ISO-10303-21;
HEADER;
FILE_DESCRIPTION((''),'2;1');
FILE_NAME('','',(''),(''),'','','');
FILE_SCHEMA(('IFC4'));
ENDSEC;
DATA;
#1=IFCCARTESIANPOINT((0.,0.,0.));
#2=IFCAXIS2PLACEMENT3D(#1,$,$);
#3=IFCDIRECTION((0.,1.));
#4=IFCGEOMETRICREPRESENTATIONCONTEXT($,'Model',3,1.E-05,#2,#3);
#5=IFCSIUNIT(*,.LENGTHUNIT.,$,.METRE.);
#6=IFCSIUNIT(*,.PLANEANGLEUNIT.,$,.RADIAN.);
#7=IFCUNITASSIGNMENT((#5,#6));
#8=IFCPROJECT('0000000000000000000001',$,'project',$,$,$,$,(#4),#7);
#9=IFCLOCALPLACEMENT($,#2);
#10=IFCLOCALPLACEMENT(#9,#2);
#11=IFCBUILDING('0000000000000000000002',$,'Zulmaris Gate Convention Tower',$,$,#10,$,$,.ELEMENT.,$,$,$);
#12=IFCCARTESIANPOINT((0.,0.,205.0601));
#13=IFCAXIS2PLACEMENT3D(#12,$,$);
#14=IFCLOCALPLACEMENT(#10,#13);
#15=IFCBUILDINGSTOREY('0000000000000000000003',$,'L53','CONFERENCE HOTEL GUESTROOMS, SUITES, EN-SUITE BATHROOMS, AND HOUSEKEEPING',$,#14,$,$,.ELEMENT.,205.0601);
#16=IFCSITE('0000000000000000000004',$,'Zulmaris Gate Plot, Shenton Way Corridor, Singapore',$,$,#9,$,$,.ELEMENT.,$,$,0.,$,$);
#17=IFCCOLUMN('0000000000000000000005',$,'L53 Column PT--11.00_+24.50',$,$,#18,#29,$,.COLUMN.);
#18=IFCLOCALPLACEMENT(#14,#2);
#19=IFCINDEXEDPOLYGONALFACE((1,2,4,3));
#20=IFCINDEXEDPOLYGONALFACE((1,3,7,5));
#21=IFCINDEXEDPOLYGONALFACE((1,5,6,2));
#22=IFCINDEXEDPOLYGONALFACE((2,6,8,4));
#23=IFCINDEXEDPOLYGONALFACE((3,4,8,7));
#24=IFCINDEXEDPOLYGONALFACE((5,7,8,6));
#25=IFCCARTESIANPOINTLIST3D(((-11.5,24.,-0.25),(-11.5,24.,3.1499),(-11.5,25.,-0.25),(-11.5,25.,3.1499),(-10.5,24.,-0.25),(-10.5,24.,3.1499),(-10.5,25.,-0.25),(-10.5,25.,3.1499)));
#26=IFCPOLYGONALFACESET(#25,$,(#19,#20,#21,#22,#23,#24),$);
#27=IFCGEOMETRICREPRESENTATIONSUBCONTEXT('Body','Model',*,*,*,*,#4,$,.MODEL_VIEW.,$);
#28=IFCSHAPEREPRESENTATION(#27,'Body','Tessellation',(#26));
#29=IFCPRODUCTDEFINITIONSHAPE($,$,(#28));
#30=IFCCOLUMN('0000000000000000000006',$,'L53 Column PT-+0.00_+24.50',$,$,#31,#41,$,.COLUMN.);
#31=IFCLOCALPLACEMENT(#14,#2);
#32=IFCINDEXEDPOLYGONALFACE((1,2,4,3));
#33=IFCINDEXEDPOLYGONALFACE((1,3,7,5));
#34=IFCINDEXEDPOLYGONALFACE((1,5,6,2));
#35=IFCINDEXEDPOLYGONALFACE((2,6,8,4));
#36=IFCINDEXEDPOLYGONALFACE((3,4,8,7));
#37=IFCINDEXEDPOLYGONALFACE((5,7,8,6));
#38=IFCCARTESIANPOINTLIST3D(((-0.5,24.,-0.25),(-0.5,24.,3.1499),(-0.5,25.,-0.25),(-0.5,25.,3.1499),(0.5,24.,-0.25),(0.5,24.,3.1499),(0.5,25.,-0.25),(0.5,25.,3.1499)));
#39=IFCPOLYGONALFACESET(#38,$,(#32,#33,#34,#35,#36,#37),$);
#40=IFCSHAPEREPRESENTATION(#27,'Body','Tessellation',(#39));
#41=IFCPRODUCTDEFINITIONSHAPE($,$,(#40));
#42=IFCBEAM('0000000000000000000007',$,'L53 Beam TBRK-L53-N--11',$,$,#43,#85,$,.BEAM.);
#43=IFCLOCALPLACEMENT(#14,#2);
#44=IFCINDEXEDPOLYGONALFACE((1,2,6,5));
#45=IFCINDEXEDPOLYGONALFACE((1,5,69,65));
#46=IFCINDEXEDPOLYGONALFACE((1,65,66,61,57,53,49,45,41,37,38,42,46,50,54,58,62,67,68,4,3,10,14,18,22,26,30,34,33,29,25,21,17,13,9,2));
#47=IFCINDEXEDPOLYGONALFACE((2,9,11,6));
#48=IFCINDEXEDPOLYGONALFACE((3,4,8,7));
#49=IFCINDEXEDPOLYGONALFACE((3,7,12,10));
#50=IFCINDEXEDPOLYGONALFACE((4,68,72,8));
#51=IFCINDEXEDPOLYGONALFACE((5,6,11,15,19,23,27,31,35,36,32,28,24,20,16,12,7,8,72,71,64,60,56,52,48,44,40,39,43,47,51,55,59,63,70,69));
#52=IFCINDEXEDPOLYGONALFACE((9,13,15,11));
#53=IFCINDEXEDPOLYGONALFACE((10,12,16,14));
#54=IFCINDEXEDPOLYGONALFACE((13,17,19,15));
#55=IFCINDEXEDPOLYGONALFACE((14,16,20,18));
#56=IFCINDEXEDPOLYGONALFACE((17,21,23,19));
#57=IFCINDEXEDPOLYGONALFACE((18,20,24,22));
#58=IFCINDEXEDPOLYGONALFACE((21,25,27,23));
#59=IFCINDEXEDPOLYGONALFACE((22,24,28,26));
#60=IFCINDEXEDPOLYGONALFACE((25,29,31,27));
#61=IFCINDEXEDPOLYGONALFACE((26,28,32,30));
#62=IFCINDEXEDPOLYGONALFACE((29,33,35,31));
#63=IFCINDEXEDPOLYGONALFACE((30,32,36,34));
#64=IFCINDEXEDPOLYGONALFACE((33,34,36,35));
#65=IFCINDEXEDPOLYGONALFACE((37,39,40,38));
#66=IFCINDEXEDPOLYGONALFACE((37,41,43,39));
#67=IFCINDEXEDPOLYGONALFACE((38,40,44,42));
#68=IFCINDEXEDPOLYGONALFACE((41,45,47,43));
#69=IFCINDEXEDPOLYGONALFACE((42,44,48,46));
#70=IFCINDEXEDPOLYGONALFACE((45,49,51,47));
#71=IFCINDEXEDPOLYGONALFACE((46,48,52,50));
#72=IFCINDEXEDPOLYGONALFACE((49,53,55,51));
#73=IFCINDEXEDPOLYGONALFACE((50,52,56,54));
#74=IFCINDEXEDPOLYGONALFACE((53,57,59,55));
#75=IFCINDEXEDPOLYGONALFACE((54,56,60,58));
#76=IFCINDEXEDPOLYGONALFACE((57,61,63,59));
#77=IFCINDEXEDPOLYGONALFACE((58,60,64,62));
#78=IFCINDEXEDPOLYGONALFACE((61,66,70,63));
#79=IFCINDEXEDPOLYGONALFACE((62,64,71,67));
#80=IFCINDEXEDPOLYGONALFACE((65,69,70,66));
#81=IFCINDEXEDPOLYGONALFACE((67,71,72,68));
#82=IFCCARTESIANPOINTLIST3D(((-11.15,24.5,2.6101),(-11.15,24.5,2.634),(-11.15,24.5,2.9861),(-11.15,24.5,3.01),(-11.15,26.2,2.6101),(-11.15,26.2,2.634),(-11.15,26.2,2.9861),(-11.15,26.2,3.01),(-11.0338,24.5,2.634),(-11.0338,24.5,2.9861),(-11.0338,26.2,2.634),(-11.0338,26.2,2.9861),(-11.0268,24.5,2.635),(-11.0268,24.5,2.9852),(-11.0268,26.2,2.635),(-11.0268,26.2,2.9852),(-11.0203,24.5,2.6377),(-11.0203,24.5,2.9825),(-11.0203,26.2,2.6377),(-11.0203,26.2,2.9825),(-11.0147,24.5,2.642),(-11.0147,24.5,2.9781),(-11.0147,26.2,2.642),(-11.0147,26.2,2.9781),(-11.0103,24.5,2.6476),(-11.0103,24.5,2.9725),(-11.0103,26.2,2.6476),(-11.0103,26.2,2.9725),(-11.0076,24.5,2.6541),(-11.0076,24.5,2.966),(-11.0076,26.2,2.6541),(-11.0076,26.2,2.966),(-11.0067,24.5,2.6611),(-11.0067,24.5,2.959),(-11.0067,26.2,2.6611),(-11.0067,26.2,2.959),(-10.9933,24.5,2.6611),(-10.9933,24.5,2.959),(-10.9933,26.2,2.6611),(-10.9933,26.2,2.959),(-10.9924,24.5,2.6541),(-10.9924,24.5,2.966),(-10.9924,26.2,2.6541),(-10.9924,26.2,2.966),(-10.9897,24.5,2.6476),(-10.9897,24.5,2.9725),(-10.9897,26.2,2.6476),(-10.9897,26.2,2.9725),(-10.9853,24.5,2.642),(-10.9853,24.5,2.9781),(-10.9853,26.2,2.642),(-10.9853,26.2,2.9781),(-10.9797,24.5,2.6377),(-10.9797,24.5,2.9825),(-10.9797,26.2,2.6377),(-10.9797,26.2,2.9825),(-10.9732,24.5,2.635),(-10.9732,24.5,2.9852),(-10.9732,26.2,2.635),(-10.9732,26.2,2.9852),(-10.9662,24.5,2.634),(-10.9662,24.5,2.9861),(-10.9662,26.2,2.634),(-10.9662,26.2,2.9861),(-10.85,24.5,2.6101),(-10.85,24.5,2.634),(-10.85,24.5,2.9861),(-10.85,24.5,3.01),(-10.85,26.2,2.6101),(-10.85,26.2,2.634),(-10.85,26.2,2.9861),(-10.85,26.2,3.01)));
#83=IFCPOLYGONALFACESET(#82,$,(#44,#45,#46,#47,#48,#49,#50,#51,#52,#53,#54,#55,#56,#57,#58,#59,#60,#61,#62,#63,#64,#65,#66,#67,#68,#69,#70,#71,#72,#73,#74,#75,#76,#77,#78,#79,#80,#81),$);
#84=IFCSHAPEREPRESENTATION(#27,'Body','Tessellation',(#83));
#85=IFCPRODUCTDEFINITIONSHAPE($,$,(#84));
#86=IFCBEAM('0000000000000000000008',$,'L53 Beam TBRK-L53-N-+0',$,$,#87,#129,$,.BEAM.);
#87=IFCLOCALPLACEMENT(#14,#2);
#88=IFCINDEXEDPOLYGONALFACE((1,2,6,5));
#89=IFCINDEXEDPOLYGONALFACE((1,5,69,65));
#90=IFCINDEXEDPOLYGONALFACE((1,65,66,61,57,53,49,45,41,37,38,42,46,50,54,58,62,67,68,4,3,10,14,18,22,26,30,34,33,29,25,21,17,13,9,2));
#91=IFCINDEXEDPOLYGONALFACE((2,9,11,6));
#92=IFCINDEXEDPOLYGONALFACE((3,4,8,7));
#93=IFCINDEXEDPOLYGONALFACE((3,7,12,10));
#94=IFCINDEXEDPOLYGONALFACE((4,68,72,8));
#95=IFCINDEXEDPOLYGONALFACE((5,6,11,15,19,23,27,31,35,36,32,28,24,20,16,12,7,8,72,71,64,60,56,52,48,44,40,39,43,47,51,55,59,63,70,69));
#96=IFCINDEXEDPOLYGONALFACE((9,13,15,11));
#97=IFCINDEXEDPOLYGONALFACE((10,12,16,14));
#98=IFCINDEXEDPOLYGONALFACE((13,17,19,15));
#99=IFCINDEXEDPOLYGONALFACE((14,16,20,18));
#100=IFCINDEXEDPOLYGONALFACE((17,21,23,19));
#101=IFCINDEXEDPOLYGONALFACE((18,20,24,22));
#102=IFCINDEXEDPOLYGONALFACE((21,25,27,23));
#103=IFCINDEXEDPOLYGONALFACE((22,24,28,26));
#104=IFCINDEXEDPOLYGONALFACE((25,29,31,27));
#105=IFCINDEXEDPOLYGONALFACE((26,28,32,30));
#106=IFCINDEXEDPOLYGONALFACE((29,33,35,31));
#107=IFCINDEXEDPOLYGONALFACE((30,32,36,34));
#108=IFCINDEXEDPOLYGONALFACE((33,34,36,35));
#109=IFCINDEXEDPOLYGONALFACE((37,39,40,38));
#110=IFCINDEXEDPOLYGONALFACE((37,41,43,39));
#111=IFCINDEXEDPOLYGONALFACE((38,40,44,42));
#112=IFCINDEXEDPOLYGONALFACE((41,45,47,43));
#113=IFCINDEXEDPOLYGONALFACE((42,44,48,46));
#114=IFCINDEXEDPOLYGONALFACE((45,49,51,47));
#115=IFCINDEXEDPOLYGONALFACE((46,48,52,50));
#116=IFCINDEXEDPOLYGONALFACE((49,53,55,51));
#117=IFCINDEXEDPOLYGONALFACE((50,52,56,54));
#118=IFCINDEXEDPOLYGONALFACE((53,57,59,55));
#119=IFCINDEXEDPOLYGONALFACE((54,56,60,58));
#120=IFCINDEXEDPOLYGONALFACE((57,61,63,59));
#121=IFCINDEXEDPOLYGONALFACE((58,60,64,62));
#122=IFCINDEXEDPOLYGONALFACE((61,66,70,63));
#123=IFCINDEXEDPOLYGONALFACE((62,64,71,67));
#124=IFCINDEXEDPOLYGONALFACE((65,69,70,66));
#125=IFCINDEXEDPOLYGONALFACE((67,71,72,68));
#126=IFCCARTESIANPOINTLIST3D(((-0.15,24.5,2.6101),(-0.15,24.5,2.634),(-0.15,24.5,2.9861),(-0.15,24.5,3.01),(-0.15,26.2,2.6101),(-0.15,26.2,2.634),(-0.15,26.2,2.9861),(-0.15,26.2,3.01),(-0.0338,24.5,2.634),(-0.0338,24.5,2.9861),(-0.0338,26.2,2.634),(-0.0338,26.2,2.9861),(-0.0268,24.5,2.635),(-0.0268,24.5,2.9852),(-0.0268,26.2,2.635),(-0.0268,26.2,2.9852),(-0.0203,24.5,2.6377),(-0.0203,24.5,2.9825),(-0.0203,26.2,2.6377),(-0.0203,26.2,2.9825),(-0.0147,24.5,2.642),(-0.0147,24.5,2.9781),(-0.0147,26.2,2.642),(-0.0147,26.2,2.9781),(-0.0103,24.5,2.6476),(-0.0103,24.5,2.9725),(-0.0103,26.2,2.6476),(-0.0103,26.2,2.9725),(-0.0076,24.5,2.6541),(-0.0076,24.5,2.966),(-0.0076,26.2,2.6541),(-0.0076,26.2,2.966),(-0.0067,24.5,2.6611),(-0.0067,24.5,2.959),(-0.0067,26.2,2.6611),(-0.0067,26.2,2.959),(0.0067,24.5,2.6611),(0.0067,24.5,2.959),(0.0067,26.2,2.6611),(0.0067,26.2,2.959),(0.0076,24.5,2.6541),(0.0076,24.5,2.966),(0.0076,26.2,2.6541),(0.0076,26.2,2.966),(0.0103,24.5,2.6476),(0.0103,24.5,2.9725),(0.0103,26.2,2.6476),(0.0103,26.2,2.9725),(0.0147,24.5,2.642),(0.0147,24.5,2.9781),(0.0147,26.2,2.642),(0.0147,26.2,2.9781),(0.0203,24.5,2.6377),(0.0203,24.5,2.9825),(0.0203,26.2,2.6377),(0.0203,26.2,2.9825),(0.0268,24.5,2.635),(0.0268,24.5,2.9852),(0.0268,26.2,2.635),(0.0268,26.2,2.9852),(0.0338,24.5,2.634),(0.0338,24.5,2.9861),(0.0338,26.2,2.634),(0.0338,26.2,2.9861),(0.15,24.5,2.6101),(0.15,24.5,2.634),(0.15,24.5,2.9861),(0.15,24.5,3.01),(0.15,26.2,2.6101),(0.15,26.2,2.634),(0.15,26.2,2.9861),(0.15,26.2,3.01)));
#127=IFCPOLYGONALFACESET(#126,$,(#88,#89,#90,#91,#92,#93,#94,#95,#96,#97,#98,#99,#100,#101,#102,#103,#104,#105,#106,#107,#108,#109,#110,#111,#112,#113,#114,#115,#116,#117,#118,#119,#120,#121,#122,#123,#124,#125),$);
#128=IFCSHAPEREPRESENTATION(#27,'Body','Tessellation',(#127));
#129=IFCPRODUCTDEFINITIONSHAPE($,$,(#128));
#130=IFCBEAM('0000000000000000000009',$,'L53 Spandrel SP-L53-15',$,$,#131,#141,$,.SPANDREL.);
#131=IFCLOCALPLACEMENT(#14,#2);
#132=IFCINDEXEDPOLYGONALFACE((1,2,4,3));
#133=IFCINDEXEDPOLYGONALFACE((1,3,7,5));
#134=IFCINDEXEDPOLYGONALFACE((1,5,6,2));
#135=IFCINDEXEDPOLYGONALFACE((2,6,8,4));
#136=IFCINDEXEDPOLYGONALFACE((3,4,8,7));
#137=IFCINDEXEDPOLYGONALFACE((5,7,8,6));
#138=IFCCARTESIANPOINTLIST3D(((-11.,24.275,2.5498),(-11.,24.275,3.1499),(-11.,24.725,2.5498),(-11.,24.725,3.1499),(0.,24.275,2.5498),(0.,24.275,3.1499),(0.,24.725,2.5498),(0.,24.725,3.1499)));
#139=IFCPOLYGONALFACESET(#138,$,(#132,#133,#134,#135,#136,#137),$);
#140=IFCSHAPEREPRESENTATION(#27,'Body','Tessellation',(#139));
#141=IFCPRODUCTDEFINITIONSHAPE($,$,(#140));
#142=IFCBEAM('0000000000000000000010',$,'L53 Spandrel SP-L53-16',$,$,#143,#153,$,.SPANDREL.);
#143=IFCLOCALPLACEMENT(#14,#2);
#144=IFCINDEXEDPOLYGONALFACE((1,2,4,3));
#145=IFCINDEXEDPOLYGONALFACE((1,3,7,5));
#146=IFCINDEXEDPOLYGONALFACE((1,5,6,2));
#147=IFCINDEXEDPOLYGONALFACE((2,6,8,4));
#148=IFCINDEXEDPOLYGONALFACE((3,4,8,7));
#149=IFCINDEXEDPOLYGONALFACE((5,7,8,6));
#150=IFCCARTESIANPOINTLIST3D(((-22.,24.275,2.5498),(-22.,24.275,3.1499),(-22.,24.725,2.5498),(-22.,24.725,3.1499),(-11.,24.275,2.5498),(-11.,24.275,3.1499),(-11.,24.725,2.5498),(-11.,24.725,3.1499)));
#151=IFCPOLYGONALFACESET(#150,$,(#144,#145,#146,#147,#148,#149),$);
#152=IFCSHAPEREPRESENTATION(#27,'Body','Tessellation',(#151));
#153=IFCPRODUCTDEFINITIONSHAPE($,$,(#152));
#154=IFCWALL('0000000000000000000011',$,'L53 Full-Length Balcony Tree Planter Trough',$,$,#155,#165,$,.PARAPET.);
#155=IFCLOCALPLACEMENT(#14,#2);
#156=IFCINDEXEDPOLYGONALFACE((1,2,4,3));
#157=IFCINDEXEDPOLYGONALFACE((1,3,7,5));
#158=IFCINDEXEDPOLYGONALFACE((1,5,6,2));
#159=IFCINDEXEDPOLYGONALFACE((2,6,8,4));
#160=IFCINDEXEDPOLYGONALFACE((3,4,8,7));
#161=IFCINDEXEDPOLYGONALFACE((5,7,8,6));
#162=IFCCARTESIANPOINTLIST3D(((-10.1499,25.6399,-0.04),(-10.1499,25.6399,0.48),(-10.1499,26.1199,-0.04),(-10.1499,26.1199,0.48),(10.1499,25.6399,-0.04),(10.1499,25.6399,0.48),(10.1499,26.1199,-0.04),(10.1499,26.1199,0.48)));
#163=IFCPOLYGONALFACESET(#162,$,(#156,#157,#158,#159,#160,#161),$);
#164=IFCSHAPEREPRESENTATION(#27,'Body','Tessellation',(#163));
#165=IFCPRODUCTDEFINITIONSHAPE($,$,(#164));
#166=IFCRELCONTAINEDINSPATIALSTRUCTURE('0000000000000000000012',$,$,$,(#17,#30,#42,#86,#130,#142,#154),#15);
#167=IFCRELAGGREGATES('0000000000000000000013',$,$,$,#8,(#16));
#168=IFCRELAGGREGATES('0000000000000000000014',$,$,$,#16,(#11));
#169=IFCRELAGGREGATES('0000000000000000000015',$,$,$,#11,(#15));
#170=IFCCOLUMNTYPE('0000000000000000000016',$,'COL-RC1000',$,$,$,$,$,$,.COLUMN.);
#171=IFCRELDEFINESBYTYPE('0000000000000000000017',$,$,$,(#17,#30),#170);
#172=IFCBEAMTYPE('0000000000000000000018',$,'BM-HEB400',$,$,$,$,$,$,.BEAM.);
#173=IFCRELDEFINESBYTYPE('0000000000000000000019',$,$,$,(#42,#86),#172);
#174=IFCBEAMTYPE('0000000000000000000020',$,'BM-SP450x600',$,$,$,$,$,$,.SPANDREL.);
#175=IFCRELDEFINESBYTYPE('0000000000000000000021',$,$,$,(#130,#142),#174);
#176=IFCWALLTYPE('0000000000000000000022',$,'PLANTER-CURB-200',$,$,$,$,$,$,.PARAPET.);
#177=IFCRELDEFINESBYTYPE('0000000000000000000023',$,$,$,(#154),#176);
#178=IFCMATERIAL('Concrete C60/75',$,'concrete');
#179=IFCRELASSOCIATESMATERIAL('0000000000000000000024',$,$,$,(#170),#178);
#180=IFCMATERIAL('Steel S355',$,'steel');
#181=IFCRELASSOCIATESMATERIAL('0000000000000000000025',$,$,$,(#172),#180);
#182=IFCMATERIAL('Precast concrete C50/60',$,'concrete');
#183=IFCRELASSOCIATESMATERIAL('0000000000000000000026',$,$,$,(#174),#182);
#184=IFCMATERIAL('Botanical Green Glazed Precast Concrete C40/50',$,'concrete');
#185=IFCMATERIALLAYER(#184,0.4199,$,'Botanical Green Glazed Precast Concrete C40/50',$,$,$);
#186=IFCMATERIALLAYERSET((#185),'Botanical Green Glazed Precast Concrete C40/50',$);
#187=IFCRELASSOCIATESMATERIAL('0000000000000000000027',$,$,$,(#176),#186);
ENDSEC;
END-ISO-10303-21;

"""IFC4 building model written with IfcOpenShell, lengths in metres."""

from ifc_helpers import new_model, si_unit, direction, frame, frame_2d, origin, origin_2d, place, context, subcontext, project, spatial, rectangle, i_section, extrude, material, layer, layer_set, material_profile, profile_set, type_object, element, save


model = new_model("IFC4")

# Units and contexts
model_context = context("Model", 3, precision=1e-05, world=origin(), true_north=direction((0.0, 1.0)))
body_context = subcontext(model_context, "Body", "Model", "MODEL_VIEW")
ifc_project = project(units=[si_unit("LENGTHUNIT", "METRE"), si_unit("PLANEANGLEUNIT", "RADIAN")], contexts=[model_context])

# Site, building, storey
site_placement = place(None, origin())
site = spatial("IfcSite", under=ifc_project, at=site_placement, Name="Zulmaris Gate Plot, Shenton Way Corridor, Singapore", CompositionType="ELEMENT", RefElevation=0.0)
building_placement = place(site_placement, origin())
building = spatial("IfcBuilding", under=site, at=building_placement, Name="Zulmaris Gate Convention Tower", CompositionType="ELEMENT")
storey_placement = place(building_placement, frame((0.0, 0.0, 205.0601)))
storey = spatial("IfcBuildingStorey", under=building, at=storey_placement, Name="L53", Description="CONFERENCE HOTEL GUESTROOMS, SUITES, EN-SUITE BATHROOMS, AND HOUSEKEEPING", CompositionType="ELEMENT", Elevation=205.0601)

# Columns
ifc_material_1 = material(Name="Concrete C60/75", Category="concrete")
ifc_material_profile_1 = material_profile(ifc_material_1, rectangle(XDim=1.0, YDim=1.0, at=origin_2d()), Name="RC COL 1000x1000")
ifc_profile_set_1 = profile_set([ifc_material_profile_1], Name="Concrete C60/75")
column_type = type_object("IfcColumnType", Name="COL-RC1000", PredefinedType="COLUMN", material=ifc_profile_set_1)
for number, where, z_axis, x_axis, name in (
    (1, (-11.0, 24.5, -0.25), (0.0, 0.0, 1.0), (1.0, 0.0, 0.0), "L53 Column PT--11.00_+24.50"),
    (2, (0.0, 24.5, -0.25), (0.0, 0.0, 1.0), (1.0, 0.0, 0.0), "L53 Column PT-+0.00_+24.50"),
):
    element("IfcColumn", number, at=place(storey_placement, frame(where, z_axis=z_axis, x_axis=x_axis)), inside=storey, type_object=column_type, Name=name, PredefinedType="COLUMN", context=body_context, shape_type="SweptSolid", body=[
        extrude(rectangle(XDim=1.0, YDim=1.0, at=origin_2d()), origin(), (0.0, 0.0, 1.0), 3.3999),
    ])

# Beams
ifc_material_2 = material(Name="Steel S355", Category="steel")
ifc_material_profile_2 = material_profile(ifc_material_2, i_section(OverallWidth=0.3, OverallDepth=0.3999, WebThickness=0.0134, FlangeThickness=0.0239, FilletRadius=0.0271, at=origin_2d()), Name="HEB 400")
ifc_profile_set_2 = profile_set([ifc_material_profile_2], Name="Steel S355")
beam_type_1 = type_object("IfcBeamType", Name="BM-HEB400", PredefinedType="BEAM", material=ifc_profile_set_2)
for number, where, z_axis, x_axis, name in (
    (3, (-11.0, 24.5, 2.8101), (0.0, 1.0, 0.0), (-1.0, 0.0, 0.0), "L53 Beam TBRK-L53-N--11"),
    (4, (0.0, 24.5, 2.8101), (0.0, 1.0, 0.0), (-1.0, 0.0, 0.0), "L53 Beam TBRK-L53-N-+0"),
):
    element("IfcBeam", number, at=place(storey_placement, frame(where, z_axis=z_axis, x_axis=x_axis)), inside=storey, type_object=beam_type_1, Name=name, PredefinedType="BEAM", context=body_context, shape_type="SweptSolid", body=[
        extrude(i_section(OverallWidth=0.3, OverallDepth=0.3999, WebThickness=0.0134, FlangeThickness=0.0239, FilletRadius=0.0271, at=origin_2d()), origin(), (0.0, 0.0, 1.0), 1.7),
    ])
ifc_material_3 = material(Name="Precast concrete C50/60", Category="concrete")
ifc_material_profile_3 = material_profile(ifc_material_3, rectangle(XDim=0.45, YDim=0.6001, at=origin_2d()), Name="RC SPANDREL 450x600")
ifc_profile_set_3 = profile_set([ifc_material_profile_3], Name="Precast concrete C50/60")
beam_type_2 = type_object("IfcBeamType", Name="BM-SP450x600", PredefinedType="SPANDREL", material=ifc_profile_set_3)
for number, where, z_axis, x_axis, name in (
    (5, (0.0, 24.5, 2.8499), (-1.0, 0.0, 0.0), (0.0, -1.0, 0.0), "L53 Spandrel SP-L53-15"),
    (6, (-11.0, 24.5, 2.8499), (-1.0, 0.0, 0.0), (0.0, -1.0, 0.0), "L53 Spandrel SP-L53-16"),
):
    element("IfcBeam", number, at=place(storey_placement, frame(where, z_axis=z_axis, x_axis=x_axis)), inside=storey, type_object=beam_type_2, Name=name, PredefinedType="SPANDREL", context=body_context, shape_type="SweptSolid", body=[
        extrude(rectangle(XDim=0.45, YDim=0.6001, at=origin_2d()), origin(), (0.0, 0.0, 1.0), 11.0),
    ])

# Wall
ifc_material_4 = material(Name="Botanical Green Glazed Precast Concrete C40/50", Category="concrete")
ifc_layer_1 = layer(ifc_material_4, 0.4199, Name="Botanical Green Glazed Precast Concrete C40/50")
ifc_layer_set_1 = layer_set([ifc_layer_1], Name="Botanical Green Glazed Precast Concrete C40/50")
wall_type_1 = type_object("IfcWallType", Name="PLANTER-CURB-200", PredefinedType="PARAPET", material=ifc_layer_set_1)
wall_1_placement = place(storey_placement, frame((-10.1499, 25.8799, -0.04), z_axis=(0.0, 0.0, 1.0), x_axis=(1.0, 0.0, 0.0)))
element("IfcWall", 7, at=wall_1_placement, inside=storey, type_object=wall_type_1, Name="L53 Full-Length Balcony Tree Planter Trough", PredefinedType="PARAPET", context=body_context, shape_type="SweptSolid", body=[
    extrude(rectangle(XDim=20.2998, YDim=0.48, at=frame_2d((10.1499, 0.0))), origin(), (0.0, 0.0, 1.0), 0.52),
])

save(model, "model.ifc")
